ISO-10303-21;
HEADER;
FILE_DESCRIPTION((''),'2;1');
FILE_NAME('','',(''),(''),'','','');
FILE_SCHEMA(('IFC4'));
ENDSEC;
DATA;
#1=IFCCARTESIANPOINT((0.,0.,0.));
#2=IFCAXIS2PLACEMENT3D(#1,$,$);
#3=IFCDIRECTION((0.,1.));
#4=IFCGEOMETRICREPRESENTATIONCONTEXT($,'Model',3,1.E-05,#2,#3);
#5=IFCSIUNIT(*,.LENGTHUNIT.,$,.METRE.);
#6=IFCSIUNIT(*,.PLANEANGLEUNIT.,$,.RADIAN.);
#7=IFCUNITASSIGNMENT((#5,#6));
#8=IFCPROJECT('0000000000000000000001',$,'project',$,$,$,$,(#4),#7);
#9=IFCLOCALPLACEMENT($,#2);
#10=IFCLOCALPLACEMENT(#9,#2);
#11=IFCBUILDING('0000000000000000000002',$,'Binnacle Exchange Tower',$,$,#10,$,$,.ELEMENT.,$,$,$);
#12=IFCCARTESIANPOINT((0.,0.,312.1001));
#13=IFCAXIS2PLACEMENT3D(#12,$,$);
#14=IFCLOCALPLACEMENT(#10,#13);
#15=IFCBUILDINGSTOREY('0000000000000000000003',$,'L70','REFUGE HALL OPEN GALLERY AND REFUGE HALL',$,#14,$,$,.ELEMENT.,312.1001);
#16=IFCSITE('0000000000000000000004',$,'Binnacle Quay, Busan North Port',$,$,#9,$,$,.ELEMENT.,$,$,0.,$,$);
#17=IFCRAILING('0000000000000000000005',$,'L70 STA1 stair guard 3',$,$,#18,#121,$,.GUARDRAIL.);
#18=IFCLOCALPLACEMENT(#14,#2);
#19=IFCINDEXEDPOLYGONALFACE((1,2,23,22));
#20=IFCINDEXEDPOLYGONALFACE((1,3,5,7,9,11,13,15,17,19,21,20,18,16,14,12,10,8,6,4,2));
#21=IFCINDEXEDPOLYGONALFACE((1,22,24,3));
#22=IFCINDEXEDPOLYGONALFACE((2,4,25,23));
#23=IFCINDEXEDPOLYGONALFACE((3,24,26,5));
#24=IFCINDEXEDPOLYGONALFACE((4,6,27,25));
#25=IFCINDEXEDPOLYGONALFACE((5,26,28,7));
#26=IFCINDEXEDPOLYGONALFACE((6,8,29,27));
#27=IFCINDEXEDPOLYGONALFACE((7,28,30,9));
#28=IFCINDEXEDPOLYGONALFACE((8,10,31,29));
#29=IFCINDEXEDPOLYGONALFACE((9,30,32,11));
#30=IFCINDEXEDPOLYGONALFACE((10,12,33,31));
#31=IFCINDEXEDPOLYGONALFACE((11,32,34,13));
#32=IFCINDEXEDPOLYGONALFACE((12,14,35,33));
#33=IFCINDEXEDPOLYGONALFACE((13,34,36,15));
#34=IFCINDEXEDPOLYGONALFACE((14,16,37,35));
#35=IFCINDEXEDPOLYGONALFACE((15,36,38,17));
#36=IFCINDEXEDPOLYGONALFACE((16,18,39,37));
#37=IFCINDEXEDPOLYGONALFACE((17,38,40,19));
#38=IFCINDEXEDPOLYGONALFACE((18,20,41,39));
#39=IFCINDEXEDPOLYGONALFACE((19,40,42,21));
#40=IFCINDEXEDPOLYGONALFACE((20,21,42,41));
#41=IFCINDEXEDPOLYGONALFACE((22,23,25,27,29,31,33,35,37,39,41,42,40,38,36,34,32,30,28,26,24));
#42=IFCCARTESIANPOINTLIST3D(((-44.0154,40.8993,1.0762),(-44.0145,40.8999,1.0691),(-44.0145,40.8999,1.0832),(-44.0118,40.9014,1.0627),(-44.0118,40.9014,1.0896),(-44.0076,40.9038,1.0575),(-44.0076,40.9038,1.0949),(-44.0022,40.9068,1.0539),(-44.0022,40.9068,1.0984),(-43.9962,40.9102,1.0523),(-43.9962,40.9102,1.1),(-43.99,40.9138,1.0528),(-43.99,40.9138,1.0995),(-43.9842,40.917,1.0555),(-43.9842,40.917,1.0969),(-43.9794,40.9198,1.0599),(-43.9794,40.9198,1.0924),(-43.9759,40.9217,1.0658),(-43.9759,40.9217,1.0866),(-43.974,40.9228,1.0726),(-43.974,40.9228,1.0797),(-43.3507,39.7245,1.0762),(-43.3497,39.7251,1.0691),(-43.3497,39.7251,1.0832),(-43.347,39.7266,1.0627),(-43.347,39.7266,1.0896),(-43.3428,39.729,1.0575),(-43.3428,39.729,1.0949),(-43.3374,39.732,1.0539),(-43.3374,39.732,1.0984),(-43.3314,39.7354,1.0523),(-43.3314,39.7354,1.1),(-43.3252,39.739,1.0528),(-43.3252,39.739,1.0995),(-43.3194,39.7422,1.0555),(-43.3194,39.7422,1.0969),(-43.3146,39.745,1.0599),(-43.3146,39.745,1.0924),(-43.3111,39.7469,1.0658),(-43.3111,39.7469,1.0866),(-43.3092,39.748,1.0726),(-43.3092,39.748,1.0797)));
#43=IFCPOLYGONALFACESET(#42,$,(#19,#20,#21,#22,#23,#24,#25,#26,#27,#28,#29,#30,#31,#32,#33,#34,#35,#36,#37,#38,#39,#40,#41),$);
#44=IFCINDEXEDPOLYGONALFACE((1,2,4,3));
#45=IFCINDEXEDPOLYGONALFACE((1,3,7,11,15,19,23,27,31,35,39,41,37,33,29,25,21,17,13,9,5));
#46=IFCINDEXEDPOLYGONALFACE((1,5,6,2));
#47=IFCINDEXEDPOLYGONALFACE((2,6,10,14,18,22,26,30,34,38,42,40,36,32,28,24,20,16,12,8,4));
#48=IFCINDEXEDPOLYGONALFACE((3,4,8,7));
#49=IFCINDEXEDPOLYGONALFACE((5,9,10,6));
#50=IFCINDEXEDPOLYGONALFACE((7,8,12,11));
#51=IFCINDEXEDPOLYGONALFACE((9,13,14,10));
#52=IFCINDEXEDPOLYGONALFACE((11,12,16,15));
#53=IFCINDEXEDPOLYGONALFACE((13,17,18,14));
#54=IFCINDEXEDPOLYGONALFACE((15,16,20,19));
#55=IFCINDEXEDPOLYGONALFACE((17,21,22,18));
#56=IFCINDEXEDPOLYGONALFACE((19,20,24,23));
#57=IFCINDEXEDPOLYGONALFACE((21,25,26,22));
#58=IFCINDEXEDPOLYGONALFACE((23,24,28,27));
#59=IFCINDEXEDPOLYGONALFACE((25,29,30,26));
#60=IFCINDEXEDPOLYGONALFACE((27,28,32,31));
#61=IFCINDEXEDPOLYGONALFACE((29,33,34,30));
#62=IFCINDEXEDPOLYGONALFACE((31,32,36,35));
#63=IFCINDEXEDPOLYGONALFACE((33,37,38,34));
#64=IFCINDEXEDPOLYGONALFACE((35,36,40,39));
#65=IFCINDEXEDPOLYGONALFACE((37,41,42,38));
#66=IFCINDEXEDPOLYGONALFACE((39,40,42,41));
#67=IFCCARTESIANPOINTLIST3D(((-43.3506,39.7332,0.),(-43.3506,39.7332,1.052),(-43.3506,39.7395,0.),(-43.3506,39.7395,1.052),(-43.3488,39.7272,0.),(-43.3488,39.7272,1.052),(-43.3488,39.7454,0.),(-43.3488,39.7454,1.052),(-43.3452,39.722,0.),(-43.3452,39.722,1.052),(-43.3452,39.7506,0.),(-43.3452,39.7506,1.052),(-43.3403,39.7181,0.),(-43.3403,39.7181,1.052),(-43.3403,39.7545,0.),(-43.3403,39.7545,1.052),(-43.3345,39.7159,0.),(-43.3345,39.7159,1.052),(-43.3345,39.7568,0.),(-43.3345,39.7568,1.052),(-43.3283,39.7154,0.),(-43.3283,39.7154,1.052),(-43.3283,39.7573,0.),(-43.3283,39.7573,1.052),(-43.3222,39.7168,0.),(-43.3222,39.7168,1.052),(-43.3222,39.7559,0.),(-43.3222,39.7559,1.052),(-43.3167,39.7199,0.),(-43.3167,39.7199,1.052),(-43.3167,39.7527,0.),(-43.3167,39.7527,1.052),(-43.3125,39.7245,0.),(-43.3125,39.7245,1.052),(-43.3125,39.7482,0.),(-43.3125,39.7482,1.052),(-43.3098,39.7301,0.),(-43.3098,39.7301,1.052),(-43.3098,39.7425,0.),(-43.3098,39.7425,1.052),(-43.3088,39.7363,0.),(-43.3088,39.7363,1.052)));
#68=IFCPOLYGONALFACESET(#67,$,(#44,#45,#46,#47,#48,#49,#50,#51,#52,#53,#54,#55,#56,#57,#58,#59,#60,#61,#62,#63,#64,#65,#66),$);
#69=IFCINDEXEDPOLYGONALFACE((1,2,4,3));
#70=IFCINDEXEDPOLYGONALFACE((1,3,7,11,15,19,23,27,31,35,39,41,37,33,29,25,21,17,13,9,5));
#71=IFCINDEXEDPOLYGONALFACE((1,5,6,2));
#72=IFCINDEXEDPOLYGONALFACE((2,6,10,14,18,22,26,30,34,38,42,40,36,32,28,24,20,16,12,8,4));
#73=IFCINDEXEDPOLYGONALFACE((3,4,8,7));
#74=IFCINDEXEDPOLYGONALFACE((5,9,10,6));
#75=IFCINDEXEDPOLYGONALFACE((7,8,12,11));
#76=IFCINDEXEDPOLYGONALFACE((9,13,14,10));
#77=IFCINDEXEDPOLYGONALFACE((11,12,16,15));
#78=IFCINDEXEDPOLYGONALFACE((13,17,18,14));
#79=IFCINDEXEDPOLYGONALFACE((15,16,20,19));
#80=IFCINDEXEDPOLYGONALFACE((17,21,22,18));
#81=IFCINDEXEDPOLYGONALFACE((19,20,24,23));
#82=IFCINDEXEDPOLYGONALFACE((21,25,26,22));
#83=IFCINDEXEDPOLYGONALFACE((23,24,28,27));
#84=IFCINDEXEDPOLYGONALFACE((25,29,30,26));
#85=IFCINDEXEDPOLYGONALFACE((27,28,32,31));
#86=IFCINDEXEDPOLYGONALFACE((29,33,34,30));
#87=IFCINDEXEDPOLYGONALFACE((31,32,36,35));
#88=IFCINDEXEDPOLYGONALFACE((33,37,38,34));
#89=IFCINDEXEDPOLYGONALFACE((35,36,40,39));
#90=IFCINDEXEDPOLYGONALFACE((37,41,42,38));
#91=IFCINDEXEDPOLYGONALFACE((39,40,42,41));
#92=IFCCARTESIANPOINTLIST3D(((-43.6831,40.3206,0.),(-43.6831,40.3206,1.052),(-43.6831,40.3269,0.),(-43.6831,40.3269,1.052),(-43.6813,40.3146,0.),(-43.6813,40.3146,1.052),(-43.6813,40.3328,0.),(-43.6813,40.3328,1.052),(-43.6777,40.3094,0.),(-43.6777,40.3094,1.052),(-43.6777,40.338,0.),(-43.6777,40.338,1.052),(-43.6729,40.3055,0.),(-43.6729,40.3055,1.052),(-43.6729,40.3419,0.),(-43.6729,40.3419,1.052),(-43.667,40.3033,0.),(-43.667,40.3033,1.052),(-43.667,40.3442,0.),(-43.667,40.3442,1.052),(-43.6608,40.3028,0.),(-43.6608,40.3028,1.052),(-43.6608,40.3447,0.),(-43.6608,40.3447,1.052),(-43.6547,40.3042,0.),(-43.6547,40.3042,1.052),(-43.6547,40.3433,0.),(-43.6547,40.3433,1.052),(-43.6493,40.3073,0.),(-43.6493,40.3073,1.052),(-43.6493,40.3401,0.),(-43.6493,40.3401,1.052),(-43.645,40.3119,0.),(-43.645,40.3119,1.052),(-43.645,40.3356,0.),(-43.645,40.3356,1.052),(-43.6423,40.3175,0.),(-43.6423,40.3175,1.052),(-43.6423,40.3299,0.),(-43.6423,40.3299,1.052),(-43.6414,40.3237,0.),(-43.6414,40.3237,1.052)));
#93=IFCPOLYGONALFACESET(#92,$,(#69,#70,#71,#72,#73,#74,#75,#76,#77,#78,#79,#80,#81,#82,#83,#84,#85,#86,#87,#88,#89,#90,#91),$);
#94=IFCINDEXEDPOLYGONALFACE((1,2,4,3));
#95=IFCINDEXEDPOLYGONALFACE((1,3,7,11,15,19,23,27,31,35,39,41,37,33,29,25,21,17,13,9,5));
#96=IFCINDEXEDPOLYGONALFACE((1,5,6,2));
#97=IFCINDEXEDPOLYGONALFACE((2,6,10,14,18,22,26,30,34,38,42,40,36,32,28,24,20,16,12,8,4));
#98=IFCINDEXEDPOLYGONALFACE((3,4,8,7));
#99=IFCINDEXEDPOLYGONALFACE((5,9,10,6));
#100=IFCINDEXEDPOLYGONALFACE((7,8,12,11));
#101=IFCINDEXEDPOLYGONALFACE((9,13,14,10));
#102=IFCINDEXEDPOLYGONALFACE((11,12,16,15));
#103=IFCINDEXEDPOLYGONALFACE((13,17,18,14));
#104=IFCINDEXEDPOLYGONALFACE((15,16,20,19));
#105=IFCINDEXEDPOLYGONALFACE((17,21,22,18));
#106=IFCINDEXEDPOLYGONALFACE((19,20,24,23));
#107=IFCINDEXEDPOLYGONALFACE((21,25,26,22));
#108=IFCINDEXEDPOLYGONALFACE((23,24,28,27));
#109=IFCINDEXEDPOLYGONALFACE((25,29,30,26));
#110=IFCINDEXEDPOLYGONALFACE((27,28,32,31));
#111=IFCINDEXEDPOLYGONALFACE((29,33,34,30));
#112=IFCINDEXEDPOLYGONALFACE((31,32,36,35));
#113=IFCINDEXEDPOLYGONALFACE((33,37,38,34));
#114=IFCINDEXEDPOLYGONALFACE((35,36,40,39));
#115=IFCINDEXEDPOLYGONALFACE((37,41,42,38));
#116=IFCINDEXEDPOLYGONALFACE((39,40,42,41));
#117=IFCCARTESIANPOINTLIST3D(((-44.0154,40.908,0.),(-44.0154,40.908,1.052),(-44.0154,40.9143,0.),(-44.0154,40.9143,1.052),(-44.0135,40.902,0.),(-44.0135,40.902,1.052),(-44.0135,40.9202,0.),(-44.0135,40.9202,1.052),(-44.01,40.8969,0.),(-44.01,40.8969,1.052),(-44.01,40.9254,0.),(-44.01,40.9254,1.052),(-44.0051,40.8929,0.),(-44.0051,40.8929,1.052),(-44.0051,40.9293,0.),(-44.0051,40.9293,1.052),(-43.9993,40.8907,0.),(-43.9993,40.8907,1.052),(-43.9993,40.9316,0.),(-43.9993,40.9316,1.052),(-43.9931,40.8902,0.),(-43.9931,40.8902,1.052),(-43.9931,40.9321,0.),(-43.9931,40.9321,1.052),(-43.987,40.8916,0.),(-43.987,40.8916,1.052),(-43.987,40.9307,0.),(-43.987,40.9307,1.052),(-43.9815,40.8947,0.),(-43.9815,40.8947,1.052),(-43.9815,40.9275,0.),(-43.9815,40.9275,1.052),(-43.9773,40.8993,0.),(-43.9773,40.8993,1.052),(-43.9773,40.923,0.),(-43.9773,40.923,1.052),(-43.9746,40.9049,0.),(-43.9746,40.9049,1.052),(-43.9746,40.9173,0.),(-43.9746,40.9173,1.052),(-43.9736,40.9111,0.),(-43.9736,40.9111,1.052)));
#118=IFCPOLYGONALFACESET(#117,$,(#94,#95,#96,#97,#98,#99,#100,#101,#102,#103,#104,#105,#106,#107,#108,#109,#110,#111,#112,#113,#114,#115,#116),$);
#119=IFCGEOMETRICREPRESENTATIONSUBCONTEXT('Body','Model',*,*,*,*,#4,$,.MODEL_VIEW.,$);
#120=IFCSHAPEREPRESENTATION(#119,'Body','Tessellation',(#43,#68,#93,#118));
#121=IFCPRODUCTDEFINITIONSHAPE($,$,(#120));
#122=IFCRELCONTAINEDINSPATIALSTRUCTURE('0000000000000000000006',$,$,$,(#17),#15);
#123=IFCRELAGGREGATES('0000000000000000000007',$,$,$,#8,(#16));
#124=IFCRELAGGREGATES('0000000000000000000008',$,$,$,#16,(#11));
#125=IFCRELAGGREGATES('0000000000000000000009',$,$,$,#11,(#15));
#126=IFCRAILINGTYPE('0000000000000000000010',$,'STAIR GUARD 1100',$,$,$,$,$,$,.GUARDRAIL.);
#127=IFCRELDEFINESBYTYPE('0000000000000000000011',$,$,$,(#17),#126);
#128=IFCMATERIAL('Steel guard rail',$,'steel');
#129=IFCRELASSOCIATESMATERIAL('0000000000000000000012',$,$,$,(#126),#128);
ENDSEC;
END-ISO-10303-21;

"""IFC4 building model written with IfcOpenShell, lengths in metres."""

from ifc_helpers import new_model, si_unit, direction, frame, origin, origin_2d, place, context, subcontext, project, spatial, circle, extrude, material, type_object, element, save


model = new_model("IFC4")

# Units and contexts
model_context = context("Model", 3, precision=1e-05, world=origin(), true_north=direction((0.0, 1.0)))
body_context = subcontext(model_context, "Body", "Model", "MODEL_VIEW")
ifc_project = project(units=[si_unit("LENGTHUNIT", "METRE"), si_unit("PLANEANGLEUNIT", "RADIAN")], contexts=[model_context])

# Site, building, storey
site_placement = place(None, origin())
site = spatial("IfcSite", under=ifc_project, at=site_placement, Name="Binnacle Quay, Busan North Port", CompositionType="ELEMENT", RefElevation=0.0)
building_placement = place(site_placement, origin())
building = spatial("IfcBuilding", under=site, at=building_placement, Name="Binnacle Exchange Tower", CompositionType="ELEMENT")
storey_placement = place(building_placement, frame((0.0, 0.0, 312.1001)))
storey = spatial("IfcBuildingStorey", under=building, at=storey_placement, Name="L70", Description="REFUGE HALL OPEN GALLERY AND REFUGE HALL", CompositionType="ELEMENT", Elevation=312.1001)

# Railing
ifc_material_1 = material(Name="Steel guard rail", Category="steel")
railing_type_1 = type_object("IfcRailingType", Name="STAIR GUARD 1100", PredefinedType="GUARDRAIL", material=ifc_material_1)
railing_1_placement = place(storey_placement, frame((-43.3298, 39.7363, 0.0)))
element("IfcRailing", 1, at=railing_1_placement, inside=storey, type_object=railing_type_1, Name="L70 STA1 stair guard 3", PredefinedType="GUARDRAIL", context=body_context, shape_type="SweptSolid", body=[
    extrude(circle(Radius=0.0239, at=origin_2d()), frame((0.0, 0.0, 1.0762), z_axis=(-0.492492, 0.870317, 0.0), x_axis=(-0.870317, -0.492492, 0.0)), (0.0, 0.0, 1.0), 1.3499),
    extrude(circle(Radius=0.021, at=origin_2d()), origin(), (0.0, 0.0, 1.0), 1.052),
    extrude(circle(Radius=0.021, at=origin_2d()), frame((-0.3325, 0.5874, 0.0)), (0.0, 0.0, 1.0), 1.052),
    extrude(circle(Radius=0.021, at=origin_2d()), frame((-0.6648, 1.1748, 0.0)), (0.0, 0.0, 1.0), 1.052),
])

save(model, "model.ifc")
